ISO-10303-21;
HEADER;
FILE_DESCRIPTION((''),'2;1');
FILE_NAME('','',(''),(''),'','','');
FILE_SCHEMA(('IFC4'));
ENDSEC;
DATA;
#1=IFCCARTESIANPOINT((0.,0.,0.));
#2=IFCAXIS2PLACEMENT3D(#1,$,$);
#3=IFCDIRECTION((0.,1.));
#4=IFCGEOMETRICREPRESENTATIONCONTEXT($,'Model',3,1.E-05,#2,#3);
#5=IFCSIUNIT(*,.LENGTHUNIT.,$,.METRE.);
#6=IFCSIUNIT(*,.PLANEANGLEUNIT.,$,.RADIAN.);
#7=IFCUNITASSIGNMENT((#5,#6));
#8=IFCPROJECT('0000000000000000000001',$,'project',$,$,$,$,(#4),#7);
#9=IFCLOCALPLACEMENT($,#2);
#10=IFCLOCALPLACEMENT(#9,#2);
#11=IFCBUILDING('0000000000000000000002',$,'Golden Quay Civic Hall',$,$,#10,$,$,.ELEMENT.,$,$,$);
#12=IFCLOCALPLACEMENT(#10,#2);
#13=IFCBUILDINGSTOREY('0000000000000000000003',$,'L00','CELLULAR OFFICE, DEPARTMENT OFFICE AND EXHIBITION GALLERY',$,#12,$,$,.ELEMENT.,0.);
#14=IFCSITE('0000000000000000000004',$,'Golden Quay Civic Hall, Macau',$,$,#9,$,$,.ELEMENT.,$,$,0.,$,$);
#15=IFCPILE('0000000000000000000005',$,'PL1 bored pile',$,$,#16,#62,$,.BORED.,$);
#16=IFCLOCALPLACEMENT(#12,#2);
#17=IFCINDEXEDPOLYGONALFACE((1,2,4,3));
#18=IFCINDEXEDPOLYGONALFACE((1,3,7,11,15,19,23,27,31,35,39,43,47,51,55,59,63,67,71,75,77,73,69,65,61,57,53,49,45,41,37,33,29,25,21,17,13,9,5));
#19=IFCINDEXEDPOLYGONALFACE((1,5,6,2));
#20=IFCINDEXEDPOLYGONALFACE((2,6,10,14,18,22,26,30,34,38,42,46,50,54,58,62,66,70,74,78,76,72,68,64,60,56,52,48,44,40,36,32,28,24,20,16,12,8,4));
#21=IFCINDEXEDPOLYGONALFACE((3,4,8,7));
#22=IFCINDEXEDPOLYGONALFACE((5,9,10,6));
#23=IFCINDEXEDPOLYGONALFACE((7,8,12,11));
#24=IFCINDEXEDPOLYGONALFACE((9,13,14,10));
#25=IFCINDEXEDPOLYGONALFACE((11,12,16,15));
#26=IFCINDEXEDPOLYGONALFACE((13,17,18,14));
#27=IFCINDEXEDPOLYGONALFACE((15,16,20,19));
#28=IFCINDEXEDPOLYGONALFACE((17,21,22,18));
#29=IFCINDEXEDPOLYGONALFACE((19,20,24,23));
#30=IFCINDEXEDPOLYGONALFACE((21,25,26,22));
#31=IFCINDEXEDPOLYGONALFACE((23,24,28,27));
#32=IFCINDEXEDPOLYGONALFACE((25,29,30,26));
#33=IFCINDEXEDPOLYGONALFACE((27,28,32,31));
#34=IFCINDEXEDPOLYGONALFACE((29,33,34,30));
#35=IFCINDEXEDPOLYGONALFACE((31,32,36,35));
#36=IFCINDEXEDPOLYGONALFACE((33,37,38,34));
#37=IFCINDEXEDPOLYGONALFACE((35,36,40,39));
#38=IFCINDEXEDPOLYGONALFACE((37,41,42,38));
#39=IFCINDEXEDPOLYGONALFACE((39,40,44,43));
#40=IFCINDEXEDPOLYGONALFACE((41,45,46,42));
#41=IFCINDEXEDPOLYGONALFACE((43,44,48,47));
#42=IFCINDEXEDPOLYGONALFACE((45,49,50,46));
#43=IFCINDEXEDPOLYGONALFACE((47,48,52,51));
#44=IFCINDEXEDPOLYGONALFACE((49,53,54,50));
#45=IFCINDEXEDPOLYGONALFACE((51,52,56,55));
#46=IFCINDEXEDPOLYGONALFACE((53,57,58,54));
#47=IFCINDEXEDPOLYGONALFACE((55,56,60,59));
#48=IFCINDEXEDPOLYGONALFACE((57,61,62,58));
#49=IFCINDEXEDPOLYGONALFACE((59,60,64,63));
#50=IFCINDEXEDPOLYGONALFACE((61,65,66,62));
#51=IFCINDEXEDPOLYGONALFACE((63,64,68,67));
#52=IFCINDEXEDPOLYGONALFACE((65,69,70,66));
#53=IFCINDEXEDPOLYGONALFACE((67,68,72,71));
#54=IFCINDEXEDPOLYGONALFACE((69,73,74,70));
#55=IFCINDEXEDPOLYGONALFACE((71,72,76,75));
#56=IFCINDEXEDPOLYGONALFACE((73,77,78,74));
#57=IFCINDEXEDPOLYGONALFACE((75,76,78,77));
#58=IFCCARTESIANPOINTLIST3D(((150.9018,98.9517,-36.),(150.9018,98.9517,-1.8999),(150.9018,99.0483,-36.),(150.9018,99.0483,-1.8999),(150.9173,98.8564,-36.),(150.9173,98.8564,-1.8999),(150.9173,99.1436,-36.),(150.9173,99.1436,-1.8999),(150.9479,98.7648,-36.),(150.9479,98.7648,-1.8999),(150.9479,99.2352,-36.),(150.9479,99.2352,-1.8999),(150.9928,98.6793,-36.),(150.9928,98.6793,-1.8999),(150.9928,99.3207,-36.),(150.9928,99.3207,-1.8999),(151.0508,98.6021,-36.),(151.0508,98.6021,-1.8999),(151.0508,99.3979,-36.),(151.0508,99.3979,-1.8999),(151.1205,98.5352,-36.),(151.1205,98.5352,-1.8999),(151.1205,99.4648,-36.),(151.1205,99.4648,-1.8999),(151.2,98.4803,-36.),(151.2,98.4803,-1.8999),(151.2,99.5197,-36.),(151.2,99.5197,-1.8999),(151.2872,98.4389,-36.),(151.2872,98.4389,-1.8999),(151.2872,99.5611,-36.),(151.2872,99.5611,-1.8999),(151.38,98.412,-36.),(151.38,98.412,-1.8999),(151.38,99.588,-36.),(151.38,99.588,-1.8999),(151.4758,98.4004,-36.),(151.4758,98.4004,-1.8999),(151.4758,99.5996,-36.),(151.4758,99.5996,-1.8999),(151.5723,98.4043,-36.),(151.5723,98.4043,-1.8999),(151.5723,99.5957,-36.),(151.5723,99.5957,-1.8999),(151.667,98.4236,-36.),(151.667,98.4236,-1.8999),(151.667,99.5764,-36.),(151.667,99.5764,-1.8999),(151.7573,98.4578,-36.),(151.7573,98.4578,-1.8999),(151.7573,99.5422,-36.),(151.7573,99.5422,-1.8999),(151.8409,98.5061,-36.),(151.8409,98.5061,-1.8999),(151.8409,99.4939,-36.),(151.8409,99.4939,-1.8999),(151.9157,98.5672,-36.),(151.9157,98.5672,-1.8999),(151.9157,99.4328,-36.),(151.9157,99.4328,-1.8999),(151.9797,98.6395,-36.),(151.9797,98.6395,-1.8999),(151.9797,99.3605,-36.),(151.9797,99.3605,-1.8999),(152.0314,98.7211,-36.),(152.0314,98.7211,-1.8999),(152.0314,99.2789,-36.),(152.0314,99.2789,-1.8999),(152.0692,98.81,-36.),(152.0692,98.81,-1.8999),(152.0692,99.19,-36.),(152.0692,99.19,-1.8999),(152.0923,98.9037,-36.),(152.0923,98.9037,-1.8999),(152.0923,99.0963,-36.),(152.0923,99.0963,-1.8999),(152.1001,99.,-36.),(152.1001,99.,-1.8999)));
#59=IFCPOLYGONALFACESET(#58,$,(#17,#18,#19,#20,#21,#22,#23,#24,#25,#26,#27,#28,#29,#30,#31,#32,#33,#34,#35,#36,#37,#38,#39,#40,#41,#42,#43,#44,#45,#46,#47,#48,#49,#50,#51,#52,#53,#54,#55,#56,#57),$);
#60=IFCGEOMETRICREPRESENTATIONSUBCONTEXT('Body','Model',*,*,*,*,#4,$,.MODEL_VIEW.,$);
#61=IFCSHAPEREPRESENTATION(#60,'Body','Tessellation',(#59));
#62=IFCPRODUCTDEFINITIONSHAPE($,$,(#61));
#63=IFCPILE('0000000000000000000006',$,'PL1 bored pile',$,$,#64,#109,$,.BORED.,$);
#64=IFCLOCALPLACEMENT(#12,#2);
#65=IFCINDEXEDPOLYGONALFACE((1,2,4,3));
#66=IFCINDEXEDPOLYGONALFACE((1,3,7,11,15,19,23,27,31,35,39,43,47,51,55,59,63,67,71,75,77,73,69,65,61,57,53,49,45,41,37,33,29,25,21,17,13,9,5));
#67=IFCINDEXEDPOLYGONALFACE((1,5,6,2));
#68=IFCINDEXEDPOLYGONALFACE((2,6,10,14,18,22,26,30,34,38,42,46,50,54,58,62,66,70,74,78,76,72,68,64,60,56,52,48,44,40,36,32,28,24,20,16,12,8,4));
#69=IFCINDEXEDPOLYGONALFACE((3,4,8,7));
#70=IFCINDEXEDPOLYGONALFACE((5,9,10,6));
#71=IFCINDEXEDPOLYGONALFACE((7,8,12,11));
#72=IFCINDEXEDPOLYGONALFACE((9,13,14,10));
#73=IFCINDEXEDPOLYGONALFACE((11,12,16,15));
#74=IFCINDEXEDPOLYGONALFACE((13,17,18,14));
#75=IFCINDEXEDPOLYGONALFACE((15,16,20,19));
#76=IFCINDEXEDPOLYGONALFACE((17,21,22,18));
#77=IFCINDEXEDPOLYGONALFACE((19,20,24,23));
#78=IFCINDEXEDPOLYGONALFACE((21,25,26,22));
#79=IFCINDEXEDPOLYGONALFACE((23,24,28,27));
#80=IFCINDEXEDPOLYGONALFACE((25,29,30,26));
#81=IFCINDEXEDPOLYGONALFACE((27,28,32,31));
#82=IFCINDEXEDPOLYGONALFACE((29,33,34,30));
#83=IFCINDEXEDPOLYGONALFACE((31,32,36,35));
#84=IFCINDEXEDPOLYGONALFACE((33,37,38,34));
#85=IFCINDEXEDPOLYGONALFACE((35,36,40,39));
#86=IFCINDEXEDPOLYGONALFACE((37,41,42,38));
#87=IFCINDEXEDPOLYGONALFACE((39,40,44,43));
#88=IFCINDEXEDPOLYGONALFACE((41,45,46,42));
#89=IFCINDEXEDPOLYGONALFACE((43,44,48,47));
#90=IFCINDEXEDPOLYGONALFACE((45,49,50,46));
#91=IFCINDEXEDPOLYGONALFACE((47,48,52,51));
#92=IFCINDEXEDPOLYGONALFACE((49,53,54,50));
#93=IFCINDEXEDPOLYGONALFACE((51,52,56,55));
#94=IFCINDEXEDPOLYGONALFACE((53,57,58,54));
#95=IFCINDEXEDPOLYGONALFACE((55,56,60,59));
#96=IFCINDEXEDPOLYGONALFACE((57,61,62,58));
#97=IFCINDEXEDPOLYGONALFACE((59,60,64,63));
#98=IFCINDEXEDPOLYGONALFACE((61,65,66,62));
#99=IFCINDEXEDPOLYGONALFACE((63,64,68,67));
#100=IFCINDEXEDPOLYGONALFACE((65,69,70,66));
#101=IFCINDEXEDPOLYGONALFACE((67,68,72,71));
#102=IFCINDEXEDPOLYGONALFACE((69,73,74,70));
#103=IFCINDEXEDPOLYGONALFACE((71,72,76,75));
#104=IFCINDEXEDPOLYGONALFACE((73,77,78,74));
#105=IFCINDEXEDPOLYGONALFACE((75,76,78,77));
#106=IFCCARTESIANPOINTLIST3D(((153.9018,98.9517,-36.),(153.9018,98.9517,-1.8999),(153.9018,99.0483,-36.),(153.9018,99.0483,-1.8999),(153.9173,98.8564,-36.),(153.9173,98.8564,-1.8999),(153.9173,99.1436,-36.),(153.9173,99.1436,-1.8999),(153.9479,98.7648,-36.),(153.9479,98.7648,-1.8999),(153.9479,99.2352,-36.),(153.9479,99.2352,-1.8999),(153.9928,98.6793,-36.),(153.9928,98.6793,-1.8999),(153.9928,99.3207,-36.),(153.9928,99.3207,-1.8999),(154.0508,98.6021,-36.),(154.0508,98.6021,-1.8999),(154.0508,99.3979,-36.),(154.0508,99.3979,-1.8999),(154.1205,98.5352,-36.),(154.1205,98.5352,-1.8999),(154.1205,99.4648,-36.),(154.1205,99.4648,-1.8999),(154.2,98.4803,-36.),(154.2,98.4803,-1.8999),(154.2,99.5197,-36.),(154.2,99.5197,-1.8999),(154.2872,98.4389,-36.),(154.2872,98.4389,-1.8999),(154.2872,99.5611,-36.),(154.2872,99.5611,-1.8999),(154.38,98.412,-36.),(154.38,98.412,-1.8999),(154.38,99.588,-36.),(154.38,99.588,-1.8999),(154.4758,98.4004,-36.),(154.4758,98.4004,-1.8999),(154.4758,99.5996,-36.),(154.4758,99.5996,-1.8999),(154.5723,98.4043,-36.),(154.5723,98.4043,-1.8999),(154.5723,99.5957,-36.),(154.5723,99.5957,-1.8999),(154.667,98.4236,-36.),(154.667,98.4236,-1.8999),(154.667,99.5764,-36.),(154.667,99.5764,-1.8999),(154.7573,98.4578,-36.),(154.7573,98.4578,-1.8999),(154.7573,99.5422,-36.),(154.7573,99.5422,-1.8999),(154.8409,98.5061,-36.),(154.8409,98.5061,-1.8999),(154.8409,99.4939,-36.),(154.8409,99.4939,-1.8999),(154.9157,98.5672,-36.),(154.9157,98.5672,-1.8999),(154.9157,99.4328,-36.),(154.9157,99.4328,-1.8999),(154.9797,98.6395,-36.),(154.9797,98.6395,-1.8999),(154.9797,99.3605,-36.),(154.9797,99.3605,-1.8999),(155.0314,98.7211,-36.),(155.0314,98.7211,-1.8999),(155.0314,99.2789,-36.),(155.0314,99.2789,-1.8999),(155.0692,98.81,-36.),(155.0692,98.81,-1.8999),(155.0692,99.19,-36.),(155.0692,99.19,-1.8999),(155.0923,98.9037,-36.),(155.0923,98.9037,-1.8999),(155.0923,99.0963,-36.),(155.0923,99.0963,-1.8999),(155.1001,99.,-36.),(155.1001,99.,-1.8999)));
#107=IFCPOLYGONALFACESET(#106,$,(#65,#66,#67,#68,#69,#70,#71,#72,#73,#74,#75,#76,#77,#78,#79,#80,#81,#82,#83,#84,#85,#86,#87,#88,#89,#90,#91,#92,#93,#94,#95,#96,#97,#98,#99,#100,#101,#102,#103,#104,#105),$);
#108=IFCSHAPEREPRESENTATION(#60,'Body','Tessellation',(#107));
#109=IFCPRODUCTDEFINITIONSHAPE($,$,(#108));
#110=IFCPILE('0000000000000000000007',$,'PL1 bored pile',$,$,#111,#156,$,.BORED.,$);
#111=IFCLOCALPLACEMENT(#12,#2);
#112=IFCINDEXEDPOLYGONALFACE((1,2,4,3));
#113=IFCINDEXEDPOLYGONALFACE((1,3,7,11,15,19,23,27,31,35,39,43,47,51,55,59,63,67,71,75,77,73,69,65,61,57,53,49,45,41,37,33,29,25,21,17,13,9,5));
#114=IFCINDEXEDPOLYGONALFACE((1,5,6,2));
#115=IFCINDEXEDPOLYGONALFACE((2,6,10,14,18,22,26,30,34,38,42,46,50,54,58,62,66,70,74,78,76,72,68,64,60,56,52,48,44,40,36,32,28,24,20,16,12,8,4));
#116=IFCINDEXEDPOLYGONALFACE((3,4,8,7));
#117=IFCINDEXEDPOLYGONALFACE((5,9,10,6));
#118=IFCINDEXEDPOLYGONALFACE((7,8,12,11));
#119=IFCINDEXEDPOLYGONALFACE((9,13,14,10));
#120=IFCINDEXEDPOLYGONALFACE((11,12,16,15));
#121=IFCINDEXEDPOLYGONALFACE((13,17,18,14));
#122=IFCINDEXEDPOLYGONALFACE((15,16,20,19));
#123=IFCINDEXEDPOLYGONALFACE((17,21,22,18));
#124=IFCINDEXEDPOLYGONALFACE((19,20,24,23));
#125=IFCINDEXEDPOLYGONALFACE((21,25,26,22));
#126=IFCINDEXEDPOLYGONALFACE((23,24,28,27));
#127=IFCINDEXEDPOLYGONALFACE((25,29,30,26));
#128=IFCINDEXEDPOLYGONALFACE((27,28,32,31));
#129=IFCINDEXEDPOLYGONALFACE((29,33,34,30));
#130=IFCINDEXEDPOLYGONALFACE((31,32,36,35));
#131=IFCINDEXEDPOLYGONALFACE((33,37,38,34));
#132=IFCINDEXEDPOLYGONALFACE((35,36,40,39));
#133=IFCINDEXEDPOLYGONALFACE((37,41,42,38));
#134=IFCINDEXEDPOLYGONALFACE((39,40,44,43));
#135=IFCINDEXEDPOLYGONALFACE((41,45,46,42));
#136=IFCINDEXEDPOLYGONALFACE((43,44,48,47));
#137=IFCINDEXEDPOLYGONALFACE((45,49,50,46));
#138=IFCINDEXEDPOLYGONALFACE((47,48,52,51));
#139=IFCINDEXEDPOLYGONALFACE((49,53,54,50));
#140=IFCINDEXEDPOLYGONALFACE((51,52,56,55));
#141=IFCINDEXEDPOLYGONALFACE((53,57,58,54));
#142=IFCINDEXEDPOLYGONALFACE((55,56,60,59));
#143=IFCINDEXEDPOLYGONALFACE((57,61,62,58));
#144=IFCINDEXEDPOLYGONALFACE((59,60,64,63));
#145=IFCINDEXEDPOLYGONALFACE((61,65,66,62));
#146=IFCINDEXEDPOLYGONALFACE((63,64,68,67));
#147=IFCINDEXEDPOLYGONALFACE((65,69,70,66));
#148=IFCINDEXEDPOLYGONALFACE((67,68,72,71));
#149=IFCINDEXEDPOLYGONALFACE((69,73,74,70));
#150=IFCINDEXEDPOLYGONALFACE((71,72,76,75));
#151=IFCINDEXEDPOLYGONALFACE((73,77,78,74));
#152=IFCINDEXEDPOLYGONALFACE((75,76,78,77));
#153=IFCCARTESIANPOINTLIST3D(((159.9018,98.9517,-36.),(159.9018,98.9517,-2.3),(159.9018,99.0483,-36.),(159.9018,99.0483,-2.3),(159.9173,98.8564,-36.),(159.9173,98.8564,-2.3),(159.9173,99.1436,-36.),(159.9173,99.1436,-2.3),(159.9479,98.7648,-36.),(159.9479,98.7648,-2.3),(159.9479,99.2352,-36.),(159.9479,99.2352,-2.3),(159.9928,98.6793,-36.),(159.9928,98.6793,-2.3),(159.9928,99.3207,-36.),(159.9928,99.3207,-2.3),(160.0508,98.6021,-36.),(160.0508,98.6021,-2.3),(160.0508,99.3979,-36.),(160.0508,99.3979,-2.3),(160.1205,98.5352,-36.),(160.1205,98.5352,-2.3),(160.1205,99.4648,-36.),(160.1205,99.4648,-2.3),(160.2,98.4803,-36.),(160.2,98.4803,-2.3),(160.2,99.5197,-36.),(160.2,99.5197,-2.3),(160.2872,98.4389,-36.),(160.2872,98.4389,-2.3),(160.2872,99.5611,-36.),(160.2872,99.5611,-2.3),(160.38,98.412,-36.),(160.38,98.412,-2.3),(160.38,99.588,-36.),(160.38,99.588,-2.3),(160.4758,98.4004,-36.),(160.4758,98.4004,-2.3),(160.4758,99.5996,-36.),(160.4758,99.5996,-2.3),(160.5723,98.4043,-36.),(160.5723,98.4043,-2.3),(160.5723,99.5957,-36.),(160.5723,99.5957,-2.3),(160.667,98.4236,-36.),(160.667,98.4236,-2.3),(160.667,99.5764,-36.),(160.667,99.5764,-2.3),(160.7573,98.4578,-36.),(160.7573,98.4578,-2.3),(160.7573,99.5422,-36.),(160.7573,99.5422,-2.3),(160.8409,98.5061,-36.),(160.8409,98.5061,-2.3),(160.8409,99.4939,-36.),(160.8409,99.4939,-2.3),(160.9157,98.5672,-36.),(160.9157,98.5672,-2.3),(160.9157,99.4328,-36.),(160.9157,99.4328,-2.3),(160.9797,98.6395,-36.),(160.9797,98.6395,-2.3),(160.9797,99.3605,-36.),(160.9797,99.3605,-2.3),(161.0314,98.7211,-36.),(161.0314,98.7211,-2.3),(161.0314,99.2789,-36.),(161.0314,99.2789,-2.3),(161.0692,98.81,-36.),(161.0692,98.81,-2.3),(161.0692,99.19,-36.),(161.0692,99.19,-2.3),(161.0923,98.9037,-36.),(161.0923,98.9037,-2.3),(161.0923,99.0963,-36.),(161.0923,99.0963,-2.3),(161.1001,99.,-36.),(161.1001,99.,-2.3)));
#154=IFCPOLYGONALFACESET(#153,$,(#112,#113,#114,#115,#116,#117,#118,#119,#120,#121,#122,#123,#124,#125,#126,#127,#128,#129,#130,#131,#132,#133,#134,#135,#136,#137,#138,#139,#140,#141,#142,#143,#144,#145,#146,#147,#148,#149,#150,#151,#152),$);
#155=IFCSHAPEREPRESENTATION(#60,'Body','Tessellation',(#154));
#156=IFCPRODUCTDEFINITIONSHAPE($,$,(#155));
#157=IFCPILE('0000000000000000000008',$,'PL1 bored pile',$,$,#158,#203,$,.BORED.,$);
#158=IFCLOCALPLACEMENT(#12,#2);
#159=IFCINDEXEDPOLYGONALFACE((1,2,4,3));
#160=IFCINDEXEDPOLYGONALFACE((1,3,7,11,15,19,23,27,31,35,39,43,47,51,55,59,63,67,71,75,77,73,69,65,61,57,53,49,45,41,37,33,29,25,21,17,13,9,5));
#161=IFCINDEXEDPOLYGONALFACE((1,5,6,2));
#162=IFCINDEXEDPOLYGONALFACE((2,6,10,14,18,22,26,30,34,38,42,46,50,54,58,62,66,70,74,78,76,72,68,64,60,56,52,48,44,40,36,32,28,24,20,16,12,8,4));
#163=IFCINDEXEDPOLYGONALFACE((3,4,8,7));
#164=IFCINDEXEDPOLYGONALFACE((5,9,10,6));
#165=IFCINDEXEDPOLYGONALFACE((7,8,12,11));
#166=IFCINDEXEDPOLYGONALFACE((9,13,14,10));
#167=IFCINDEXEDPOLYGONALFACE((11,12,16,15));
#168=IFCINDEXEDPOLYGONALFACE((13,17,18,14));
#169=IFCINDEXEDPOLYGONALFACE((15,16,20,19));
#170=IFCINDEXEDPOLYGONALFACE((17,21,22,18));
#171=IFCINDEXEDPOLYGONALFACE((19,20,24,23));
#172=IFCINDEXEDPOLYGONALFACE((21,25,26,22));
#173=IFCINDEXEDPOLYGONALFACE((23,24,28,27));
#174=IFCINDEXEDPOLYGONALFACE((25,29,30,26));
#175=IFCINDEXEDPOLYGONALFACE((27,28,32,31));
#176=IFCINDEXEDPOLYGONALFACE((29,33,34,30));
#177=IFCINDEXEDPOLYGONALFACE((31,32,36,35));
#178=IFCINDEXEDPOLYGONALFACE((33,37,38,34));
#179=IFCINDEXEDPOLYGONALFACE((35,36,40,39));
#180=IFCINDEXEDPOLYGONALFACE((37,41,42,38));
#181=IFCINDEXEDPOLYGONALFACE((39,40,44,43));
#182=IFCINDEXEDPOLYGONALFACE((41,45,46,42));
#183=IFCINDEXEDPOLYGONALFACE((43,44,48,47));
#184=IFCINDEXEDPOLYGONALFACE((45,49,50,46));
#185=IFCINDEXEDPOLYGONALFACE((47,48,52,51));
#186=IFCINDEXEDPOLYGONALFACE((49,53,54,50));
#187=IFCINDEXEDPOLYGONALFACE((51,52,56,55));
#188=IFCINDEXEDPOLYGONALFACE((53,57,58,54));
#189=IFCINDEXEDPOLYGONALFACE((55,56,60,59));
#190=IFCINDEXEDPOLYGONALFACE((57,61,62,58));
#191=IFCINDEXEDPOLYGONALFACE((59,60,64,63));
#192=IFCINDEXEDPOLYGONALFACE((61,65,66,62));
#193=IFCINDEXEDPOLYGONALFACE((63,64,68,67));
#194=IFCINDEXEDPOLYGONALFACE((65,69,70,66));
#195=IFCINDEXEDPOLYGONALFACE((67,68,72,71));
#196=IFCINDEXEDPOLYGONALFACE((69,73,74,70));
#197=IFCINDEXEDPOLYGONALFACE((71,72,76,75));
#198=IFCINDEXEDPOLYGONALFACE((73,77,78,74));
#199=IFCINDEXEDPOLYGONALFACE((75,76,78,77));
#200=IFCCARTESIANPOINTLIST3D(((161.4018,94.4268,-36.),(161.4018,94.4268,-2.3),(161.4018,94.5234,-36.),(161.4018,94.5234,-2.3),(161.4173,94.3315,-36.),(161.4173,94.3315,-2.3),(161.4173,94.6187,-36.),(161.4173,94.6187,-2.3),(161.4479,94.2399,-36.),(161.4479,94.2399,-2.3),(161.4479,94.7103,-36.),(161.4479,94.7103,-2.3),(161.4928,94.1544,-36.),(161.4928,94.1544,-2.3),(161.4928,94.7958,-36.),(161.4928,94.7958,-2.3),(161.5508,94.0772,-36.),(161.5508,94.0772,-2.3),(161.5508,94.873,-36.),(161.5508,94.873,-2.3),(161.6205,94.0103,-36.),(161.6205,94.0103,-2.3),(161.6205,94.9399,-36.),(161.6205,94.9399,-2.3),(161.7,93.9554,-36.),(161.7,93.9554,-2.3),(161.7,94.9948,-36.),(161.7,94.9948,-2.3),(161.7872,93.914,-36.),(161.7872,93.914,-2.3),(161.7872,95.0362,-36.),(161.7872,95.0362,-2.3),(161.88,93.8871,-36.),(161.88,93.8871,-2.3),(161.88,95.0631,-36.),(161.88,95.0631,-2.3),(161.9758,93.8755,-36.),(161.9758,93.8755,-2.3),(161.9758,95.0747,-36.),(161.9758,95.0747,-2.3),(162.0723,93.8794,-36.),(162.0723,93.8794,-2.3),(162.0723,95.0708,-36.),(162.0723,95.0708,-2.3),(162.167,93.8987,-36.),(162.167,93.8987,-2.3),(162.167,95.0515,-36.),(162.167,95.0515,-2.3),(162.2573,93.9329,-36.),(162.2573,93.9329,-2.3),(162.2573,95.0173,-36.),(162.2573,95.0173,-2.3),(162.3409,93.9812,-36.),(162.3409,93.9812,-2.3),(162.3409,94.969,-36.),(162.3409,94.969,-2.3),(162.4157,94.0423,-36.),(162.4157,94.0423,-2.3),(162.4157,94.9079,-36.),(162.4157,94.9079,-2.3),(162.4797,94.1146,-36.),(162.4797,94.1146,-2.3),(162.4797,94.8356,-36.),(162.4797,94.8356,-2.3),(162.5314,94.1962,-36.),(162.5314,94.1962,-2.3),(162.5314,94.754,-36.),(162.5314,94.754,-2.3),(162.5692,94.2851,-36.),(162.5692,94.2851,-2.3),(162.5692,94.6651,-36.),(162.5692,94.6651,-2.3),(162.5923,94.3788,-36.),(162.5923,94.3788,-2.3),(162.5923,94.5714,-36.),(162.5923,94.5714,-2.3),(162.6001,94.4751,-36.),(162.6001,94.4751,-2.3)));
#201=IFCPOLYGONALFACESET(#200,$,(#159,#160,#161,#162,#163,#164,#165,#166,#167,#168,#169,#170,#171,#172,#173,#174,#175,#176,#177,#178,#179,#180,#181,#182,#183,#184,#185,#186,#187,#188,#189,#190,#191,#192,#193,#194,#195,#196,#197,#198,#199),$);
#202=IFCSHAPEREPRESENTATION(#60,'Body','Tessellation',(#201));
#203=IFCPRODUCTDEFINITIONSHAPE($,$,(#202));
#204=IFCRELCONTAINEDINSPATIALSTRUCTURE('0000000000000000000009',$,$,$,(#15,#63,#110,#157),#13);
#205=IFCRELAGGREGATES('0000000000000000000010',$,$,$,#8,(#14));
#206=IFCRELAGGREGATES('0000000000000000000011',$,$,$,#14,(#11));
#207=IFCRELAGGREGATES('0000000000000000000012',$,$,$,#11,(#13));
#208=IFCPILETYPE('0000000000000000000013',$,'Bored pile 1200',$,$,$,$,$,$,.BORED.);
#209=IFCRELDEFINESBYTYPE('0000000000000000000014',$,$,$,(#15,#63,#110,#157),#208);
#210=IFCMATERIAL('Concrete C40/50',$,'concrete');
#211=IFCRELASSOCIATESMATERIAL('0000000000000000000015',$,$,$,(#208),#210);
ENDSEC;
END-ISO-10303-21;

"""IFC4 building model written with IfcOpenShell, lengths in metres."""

from ifc_helpers import new_model, si_unit, direction, frame, origin, origin_2d, place, context, subcontext, project, spatial, circle, extrude, material, material_profile, profile_set, type_object, element, save


model = new_model("IFC4")

# Units and contexts
model_context = context("Model", 3, precision=1e-05, world=origin(), true_north=direction((0.0, 1.0)))
body_context = subcontext(model_context, "Body", "Model", "MODEL_VIEW")
ifc_project = project(units=[si_unit("LENGTHUNIT", "METRE"), si_unit("PLANEANGLEUNIT", "RADIAN")], contexts=[model_context])

# Site, building, storey
site_placement = place(None, origin())
site = spatial("IfcSite", under=ifc_project, at=site_placement, Name="Golden Quay Civic Hall, Macau", CompositionType="ELEMENT", RefElevation=0.0)
building_placement = place(site_placement, origin())
building = spatial("IfcBuilding", under=site, at=building_placement, Name="Golden Quay Civic Hall", CompositionType="ELEMENT")
storey_placement = place(building_placement, origin())
storey = spatial("IfcBuildingStorey", under=building, at=storey_placement, Name="L00", Description="CELLULAR OFFICE, DEPARTMENT OFFICE AND EXHIBITION GALLERY", CompositionType="ELEMENT", Elevation=0.0)

# Piles
ifc_material_1 = material(Name="Concrete C40/50", Category="concrete")
ifc_material_profile_1 = material_profile(ifc_material_1, circle(Radius=0.6001, at=origin_2d()), Name="RC D1200")
ifc_profile_set_1 = profile_set([ifc_material_profile_1], Name="Concrete C40/50")
pile_type = type_object("IfcPileType", Name="Bored pile 1200", PredefinedType="BORED", material=ifc_profile_set_1)
for number, where, z_axis, x_axis, name in (
    (1, (151.5, 99.0, -1.8999), (0.0, 0.0, -1.0), (1.0, 0.0, 0.0), "PL1 bored pile"),
    (2, (154.5, 99.0, -1.8999), (0.0, 0.0, -1.0), (1.0, 0.0, 0.0), "PL1 bored pile"),
):
    element("IfcPile", number, at=place(storey_placement, frame(where, z_axis=z_axis, x_axis=x_axis)), inside=storey, type_object=pile_type, Name=name, PredefinedType="BORED", context=body_context, shape_type="SweptSolid", body=[
        extrude(circle(Radius=0.6001, at=origin_2d()), origin(), (0.0, 0.0, 1.0), 34.1001),
    ])
for number, where, z_axis, x_axis, name in (
    (3, (160.5, 99.0, -2.3), (0.0, 0.0, -1.0), (1.0, 0.0, 0.0), "PL1 bored pile"),
    (4, (162.0, 94.4751, -2.3), (0.0, 0.0, -1.0), (1.0, 0.0, 0.0), "PL1 bored pile"),
):
    element("IfcPile", number, at=place(storey_placement, frame(where, z_axis=z_axis, x_axis=x_axis)), inside=storey, type_object=pile_type, Name=name, PredefinedType="BORED", context=body_context, shape_type="SweptSolid", body=[
        extrude(circle(Radius=0.6001, at=origin_2d()), origin(), (0.0, 0.0, 1.0), 33.7),
    ])

save(model, "model.ifc")
